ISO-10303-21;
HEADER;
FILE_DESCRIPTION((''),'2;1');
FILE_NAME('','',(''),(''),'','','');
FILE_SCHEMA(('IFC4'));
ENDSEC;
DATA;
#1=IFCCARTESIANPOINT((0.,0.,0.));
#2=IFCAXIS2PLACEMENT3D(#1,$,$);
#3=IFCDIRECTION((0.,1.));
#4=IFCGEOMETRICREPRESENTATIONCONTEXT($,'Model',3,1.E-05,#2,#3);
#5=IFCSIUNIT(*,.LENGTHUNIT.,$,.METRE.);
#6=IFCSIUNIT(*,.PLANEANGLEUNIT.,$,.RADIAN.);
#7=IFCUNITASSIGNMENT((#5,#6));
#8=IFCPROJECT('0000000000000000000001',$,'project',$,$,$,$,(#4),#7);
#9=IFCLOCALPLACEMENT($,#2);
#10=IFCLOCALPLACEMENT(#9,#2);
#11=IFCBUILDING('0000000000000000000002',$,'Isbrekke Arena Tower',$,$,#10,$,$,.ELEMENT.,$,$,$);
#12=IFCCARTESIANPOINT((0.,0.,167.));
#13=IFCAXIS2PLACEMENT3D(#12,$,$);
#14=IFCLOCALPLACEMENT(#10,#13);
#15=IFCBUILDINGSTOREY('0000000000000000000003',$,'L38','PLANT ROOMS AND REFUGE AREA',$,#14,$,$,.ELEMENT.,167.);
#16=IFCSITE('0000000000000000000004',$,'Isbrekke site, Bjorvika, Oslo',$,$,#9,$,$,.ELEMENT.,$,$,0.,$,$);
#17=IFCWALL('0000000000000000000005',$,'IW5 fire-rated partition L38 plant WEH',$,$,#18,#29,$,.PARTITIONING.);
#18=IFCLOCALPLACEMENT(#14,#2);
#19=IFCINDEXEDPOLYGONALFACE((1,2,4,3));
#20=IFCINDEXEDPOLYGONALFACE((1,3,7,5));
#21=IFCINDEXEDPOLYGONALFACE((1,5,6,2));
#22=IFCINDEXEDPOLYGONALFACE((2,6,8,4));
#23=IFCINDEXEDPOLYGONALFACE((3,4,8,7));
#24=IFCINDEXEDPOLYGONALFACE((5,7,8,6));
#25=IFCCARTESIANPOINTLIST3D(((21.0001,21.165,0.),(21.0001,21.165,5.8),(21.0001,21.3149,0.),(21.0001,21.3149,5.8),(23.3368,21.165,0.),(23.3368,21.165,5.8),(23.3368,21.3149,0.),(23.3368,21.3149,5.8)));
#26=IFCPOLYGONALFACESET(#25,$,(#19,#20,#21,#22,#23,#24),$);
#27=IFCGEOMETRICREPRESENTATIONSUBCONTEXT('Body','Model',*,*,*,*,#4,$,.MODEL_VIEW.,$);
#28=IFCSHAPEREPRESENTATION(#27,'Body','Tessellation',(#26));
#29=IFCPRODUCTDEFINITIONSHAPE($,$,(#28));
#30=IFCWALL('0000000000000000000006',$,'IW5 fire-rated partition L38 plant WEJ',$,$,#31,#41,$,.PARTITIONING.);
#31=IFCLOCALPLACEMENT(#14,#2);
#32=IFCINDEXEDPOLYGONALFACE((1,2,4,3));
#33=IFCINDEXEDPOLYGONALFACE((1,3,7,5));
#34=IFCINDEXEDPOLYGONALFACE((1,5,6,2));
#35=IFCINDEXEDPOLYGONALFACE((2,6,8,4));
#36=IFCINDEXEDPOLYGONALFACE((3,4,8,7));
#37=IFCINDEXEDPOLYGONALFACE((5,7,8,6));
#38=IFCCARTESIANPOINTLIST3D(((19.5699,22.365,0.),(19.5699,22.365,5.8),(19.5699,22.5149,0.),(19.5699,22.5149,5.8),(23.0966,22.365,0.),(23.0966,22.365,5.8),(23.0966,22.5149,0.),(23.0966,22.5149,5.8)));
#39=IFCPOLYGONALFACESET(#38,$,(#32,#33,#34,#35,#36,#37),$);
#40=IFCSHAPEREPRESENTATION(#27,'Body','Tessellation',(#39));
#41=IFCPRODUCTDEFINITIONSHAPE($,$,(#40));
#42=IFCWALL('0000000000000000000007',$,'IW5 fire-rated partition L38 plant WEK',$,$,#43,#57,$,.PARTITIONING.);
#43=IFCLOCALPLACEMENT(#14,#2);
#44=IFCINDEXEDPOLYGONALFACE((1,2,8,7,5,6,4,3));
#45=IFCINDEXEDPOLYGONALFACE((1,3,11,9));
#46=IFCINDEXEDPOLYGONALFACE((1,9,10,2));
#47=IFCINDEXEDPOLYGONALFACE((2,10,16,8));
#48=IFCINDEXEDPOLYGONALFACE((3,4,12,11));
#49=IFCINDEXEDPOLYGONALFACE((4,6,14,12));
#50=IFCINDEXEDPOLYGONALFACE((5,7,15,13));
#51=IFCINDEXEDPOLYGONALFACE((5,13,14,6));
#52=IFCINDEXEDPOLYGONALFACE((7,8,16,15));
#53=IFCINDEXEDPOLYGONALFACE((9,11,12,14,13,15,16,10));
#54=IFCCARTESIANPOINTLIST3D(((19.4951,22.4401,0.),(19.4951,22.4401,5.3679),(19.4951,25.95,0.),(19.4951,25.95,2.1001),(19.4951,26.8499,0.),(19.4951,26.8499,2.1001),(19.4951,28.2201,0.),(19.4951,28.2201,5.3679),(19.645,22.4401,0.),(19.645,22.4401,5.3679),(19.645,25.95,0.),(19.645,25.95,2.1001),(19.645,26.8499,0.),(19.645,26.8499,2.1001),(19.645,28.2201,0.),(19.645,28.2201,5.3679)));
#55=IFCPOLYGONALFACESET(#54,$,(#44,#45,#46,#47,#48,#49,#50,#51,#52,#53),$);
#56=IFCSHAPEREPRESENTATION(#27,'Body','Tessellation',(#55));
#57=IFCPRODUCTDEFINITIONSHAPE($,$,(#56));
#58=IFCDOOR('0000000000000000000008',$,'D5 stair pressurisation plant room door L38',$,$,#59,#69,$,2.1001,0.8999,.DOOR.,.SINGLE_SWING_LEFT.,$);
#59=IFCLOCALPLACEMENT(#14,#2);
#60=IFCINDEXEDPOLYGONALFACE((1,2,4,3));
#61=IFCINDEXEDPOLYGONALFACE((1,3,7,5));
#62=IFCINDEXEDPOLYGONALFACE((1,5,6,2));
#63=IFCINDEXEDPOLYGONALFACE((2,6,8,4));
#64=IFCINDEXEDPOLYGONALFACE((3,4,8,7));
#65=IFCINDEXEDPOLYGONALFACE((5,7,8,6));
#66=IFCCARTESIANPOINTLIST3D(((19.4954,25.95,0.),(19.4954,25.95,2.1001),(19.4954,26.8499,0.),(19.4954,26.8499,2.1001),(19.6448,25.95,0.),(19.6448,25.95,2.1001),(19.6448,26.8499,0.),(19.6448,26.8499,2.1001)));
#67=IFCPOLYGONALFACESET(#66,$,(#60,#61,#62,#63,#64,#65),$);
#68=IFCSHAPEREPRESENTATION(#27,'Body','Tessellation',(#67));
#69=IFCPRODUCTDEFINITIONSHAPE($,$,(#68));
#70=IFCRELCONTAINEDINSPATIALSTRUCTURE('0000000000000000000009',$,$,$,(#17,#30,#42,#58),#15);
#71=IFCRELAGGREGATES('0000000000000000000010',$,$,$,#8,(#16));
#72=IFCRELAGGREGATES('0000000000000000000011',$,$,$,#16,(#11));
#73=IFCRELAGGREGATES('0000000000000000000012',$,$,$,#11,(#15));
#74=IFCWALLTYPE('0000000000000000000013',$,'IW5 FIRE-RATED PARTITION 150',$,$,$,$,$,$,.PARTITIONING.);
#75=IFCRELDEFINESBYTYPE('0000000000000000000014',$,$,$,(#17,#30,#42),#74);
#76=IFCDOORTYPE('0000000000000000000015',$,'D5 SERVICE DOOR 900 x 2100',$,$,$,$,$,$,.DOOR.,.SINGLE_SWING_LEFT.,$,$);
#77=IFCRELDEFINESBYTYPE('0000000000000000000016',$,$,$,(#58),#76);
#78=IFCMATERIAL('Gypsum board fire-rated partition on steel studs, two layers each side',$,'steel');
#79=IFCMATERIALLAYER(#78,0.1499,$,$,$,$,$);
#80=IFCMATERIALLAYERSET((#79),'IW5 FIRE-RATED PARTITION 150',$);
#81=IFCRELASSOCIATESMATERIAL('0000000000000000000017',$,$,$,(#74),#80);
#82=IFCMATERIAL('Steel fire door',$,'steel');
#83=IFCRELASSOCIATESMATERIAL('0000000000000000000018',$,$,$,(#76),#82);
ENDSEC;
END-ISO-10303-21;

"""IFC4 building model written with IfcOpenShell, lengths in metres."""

from ifc_helpers import new_model, si_unit, direction, frame, frame_2d, origin, place, context, subcontext, project, spatial, rectangle, extrude, material, layer, layer_set, type_object, element, fill, save


model = new_model("IFC4")

# Units and contexts
model_context = context("Model", 3, precision=1e-05, world=origin(), true_north=direction((0.0, 1.0)))
body_context = subcontext(model_context, "Body", "Model", "MODEL_VIEW")
ifc_project = project(units=[si_unit("LENGTHUNIT", "METRE"), si_unit("PLANEANGLEUNIT", "RADIAN")], contexts=[model_context])

# Site, building, storey
site_placement = place(None, origin())
site = spatial("IfcSite", under=ifc_project, at=site_placement, Name="Isbrekke site, Bjorvika, Oslo", CompositionType="ELEMENT", RefElevation=0.0)
building_placement = place(site_placement, origin())
building = spatial("IfcBuilding", under=site, at=building_placement, Name="Isbrekke Arena Tower", CompositionType="ELEMENT")
storey_placement = place(building_placement, frame((0.0, 0.0, 167.0)))
storey = spatial("IfcBuildingStorey", under=building, at=storey_placement, Name="L38", Description="PLANT ROOMS AND REFUGE AREA", CompositionType="ELEMENT", Elevation=167.0)

# Walls
ifc_material_1 = material(Name="Gypsum board fire-rated partition on steel studs, two layers each side", Category="steel")
ifc_layer_1 = layer(ifc_material_1, 0.1499)
ifc_layer_set_1 = layer_set([ifc_layer_1], Name="IW5 FIRE-RATED PARTITION 150")
wall_type = type_object("IfcWallType", Name="IW5 FIRE-RATED PARTITION 150", PredefinedType="PARTITIONING", material=ifc_layer_set_1)
wall_1_placement = place(storey_placement, frame((21.0, 21.24, 0.0), z_axis=(0.0, 0.0, 1.0), x_axis=(1.0, 0.0, 0.0)))
element("IfcWall", 1, at=wall_1_placement, inside=storey, type_object=wall_type, Name="IW5 fire-rated partition L38 plant WEH", PredefinedType="PARTITIONING", context=body_context, shape_type="SweptSolid", body=[
    extrude(rectangle(XDim=2.3367, YDim=0.1499, at=frame_2d((1.1685, 0.0))), origin(), (0.0, 0.0, 1.0), 5.8),
])
wall_2_placement = place(storey_placement, frame((19.5701, 22.4399, 0.0), z_axis=(0.0, 0.0, 1.0), x_axis=(1.0, 0.0, 0.0)))
element("IfcWall", 2, at=wall_2_placement, inside=storey, type_object=wall_type, Name="IW5 fire-rated partition L38 plant WEJ", PredefinedType="PARTITIONING", context=body_context, shape_type="SweptSolid", body=[
    extrude(rectangle(XDim=3.5266, YDim=0.1499, at=frame_2d((1.7632, 0.0))), origin(), (0.0, 0.0, 1.0), 5.8),
])

# Wall, opening, door
wall_3_placement = place(storey_placement, frame((19.5701, 22.4399, 0.0), z_axis=(0.0, 0.0, 1.0), x_axis=(0.0, 1.0, 0.0)))
wall_3 = element("IfcWall", 3, at=wall_3_placement, inside=storey, type_object=wall_type, Name="IW5 fire-rated partition L38 plant WEK", PredefinedType="PARTITIONING", context=body_context, shape_type="SweptSolid", body=[
    extrude(rectangle(XDim=5.78, YDim=0.1499, at=frame_2d((2.8901, 0.0))), origin(), (0.0, 0.0, 1.0), 5.3679),
])
opening_placement = place(wall_3_placement, frame((3.51, 0.0, 0.0)))
opening = element("IfcOpeningElement", 4, at=opening_placement, cuts=wall_3, PredefinedType="OPENING", context=body_context, shape_type="SweptSolid", body=[
    extrude(rectangle(XDim=0.8999, YDim=2.1001, at=frame_2d((0.45, 1.05))), frame((0.0, 0.0898, 0.0), z_axis=(0.0, -1.0, 0.0), x_axis=(1.0, 0.0, 0.0)), (0.0, 0.0, 1.0), 0.1797),
])
ifc_material_2 = material(Name="Steel fire door", Category="steel")
door_type = type_object("IfcDoorType", Name="D5 SERVICE DOOR 900 x 2100", OperationType="SINGLE_SWING_LEFT", PredefinedType="DOOR", material=ifc_material_2)
door_placement = place(opening_placement, origin())
door = element("IfcDoor", 5, at=door_placement, inside=storey, type_object=door_type, Name="D5 stair pressurisation plant room door L38", OperationType="SINGLE_SWING_LEFT", OverallHeight=2.1001, OverallWidth=0.8999, PredefinedType="DOOR", context=body_context, shape_type="SweptSolid", body=[
    extrude(rectangle(XDim=0.8999, YDim=2.1001, at=frame_2d((0.45, 1.05))), frame((0.0, 0.0747, 0.0), z_axis=(0.0, -1.0, 0.0), x_axis=(1.0, 0.0, 0.0)), (0.0, 0.0, 1.0), 0.1494),
])
fill(opening, door)

save(model, "model.ifc")
